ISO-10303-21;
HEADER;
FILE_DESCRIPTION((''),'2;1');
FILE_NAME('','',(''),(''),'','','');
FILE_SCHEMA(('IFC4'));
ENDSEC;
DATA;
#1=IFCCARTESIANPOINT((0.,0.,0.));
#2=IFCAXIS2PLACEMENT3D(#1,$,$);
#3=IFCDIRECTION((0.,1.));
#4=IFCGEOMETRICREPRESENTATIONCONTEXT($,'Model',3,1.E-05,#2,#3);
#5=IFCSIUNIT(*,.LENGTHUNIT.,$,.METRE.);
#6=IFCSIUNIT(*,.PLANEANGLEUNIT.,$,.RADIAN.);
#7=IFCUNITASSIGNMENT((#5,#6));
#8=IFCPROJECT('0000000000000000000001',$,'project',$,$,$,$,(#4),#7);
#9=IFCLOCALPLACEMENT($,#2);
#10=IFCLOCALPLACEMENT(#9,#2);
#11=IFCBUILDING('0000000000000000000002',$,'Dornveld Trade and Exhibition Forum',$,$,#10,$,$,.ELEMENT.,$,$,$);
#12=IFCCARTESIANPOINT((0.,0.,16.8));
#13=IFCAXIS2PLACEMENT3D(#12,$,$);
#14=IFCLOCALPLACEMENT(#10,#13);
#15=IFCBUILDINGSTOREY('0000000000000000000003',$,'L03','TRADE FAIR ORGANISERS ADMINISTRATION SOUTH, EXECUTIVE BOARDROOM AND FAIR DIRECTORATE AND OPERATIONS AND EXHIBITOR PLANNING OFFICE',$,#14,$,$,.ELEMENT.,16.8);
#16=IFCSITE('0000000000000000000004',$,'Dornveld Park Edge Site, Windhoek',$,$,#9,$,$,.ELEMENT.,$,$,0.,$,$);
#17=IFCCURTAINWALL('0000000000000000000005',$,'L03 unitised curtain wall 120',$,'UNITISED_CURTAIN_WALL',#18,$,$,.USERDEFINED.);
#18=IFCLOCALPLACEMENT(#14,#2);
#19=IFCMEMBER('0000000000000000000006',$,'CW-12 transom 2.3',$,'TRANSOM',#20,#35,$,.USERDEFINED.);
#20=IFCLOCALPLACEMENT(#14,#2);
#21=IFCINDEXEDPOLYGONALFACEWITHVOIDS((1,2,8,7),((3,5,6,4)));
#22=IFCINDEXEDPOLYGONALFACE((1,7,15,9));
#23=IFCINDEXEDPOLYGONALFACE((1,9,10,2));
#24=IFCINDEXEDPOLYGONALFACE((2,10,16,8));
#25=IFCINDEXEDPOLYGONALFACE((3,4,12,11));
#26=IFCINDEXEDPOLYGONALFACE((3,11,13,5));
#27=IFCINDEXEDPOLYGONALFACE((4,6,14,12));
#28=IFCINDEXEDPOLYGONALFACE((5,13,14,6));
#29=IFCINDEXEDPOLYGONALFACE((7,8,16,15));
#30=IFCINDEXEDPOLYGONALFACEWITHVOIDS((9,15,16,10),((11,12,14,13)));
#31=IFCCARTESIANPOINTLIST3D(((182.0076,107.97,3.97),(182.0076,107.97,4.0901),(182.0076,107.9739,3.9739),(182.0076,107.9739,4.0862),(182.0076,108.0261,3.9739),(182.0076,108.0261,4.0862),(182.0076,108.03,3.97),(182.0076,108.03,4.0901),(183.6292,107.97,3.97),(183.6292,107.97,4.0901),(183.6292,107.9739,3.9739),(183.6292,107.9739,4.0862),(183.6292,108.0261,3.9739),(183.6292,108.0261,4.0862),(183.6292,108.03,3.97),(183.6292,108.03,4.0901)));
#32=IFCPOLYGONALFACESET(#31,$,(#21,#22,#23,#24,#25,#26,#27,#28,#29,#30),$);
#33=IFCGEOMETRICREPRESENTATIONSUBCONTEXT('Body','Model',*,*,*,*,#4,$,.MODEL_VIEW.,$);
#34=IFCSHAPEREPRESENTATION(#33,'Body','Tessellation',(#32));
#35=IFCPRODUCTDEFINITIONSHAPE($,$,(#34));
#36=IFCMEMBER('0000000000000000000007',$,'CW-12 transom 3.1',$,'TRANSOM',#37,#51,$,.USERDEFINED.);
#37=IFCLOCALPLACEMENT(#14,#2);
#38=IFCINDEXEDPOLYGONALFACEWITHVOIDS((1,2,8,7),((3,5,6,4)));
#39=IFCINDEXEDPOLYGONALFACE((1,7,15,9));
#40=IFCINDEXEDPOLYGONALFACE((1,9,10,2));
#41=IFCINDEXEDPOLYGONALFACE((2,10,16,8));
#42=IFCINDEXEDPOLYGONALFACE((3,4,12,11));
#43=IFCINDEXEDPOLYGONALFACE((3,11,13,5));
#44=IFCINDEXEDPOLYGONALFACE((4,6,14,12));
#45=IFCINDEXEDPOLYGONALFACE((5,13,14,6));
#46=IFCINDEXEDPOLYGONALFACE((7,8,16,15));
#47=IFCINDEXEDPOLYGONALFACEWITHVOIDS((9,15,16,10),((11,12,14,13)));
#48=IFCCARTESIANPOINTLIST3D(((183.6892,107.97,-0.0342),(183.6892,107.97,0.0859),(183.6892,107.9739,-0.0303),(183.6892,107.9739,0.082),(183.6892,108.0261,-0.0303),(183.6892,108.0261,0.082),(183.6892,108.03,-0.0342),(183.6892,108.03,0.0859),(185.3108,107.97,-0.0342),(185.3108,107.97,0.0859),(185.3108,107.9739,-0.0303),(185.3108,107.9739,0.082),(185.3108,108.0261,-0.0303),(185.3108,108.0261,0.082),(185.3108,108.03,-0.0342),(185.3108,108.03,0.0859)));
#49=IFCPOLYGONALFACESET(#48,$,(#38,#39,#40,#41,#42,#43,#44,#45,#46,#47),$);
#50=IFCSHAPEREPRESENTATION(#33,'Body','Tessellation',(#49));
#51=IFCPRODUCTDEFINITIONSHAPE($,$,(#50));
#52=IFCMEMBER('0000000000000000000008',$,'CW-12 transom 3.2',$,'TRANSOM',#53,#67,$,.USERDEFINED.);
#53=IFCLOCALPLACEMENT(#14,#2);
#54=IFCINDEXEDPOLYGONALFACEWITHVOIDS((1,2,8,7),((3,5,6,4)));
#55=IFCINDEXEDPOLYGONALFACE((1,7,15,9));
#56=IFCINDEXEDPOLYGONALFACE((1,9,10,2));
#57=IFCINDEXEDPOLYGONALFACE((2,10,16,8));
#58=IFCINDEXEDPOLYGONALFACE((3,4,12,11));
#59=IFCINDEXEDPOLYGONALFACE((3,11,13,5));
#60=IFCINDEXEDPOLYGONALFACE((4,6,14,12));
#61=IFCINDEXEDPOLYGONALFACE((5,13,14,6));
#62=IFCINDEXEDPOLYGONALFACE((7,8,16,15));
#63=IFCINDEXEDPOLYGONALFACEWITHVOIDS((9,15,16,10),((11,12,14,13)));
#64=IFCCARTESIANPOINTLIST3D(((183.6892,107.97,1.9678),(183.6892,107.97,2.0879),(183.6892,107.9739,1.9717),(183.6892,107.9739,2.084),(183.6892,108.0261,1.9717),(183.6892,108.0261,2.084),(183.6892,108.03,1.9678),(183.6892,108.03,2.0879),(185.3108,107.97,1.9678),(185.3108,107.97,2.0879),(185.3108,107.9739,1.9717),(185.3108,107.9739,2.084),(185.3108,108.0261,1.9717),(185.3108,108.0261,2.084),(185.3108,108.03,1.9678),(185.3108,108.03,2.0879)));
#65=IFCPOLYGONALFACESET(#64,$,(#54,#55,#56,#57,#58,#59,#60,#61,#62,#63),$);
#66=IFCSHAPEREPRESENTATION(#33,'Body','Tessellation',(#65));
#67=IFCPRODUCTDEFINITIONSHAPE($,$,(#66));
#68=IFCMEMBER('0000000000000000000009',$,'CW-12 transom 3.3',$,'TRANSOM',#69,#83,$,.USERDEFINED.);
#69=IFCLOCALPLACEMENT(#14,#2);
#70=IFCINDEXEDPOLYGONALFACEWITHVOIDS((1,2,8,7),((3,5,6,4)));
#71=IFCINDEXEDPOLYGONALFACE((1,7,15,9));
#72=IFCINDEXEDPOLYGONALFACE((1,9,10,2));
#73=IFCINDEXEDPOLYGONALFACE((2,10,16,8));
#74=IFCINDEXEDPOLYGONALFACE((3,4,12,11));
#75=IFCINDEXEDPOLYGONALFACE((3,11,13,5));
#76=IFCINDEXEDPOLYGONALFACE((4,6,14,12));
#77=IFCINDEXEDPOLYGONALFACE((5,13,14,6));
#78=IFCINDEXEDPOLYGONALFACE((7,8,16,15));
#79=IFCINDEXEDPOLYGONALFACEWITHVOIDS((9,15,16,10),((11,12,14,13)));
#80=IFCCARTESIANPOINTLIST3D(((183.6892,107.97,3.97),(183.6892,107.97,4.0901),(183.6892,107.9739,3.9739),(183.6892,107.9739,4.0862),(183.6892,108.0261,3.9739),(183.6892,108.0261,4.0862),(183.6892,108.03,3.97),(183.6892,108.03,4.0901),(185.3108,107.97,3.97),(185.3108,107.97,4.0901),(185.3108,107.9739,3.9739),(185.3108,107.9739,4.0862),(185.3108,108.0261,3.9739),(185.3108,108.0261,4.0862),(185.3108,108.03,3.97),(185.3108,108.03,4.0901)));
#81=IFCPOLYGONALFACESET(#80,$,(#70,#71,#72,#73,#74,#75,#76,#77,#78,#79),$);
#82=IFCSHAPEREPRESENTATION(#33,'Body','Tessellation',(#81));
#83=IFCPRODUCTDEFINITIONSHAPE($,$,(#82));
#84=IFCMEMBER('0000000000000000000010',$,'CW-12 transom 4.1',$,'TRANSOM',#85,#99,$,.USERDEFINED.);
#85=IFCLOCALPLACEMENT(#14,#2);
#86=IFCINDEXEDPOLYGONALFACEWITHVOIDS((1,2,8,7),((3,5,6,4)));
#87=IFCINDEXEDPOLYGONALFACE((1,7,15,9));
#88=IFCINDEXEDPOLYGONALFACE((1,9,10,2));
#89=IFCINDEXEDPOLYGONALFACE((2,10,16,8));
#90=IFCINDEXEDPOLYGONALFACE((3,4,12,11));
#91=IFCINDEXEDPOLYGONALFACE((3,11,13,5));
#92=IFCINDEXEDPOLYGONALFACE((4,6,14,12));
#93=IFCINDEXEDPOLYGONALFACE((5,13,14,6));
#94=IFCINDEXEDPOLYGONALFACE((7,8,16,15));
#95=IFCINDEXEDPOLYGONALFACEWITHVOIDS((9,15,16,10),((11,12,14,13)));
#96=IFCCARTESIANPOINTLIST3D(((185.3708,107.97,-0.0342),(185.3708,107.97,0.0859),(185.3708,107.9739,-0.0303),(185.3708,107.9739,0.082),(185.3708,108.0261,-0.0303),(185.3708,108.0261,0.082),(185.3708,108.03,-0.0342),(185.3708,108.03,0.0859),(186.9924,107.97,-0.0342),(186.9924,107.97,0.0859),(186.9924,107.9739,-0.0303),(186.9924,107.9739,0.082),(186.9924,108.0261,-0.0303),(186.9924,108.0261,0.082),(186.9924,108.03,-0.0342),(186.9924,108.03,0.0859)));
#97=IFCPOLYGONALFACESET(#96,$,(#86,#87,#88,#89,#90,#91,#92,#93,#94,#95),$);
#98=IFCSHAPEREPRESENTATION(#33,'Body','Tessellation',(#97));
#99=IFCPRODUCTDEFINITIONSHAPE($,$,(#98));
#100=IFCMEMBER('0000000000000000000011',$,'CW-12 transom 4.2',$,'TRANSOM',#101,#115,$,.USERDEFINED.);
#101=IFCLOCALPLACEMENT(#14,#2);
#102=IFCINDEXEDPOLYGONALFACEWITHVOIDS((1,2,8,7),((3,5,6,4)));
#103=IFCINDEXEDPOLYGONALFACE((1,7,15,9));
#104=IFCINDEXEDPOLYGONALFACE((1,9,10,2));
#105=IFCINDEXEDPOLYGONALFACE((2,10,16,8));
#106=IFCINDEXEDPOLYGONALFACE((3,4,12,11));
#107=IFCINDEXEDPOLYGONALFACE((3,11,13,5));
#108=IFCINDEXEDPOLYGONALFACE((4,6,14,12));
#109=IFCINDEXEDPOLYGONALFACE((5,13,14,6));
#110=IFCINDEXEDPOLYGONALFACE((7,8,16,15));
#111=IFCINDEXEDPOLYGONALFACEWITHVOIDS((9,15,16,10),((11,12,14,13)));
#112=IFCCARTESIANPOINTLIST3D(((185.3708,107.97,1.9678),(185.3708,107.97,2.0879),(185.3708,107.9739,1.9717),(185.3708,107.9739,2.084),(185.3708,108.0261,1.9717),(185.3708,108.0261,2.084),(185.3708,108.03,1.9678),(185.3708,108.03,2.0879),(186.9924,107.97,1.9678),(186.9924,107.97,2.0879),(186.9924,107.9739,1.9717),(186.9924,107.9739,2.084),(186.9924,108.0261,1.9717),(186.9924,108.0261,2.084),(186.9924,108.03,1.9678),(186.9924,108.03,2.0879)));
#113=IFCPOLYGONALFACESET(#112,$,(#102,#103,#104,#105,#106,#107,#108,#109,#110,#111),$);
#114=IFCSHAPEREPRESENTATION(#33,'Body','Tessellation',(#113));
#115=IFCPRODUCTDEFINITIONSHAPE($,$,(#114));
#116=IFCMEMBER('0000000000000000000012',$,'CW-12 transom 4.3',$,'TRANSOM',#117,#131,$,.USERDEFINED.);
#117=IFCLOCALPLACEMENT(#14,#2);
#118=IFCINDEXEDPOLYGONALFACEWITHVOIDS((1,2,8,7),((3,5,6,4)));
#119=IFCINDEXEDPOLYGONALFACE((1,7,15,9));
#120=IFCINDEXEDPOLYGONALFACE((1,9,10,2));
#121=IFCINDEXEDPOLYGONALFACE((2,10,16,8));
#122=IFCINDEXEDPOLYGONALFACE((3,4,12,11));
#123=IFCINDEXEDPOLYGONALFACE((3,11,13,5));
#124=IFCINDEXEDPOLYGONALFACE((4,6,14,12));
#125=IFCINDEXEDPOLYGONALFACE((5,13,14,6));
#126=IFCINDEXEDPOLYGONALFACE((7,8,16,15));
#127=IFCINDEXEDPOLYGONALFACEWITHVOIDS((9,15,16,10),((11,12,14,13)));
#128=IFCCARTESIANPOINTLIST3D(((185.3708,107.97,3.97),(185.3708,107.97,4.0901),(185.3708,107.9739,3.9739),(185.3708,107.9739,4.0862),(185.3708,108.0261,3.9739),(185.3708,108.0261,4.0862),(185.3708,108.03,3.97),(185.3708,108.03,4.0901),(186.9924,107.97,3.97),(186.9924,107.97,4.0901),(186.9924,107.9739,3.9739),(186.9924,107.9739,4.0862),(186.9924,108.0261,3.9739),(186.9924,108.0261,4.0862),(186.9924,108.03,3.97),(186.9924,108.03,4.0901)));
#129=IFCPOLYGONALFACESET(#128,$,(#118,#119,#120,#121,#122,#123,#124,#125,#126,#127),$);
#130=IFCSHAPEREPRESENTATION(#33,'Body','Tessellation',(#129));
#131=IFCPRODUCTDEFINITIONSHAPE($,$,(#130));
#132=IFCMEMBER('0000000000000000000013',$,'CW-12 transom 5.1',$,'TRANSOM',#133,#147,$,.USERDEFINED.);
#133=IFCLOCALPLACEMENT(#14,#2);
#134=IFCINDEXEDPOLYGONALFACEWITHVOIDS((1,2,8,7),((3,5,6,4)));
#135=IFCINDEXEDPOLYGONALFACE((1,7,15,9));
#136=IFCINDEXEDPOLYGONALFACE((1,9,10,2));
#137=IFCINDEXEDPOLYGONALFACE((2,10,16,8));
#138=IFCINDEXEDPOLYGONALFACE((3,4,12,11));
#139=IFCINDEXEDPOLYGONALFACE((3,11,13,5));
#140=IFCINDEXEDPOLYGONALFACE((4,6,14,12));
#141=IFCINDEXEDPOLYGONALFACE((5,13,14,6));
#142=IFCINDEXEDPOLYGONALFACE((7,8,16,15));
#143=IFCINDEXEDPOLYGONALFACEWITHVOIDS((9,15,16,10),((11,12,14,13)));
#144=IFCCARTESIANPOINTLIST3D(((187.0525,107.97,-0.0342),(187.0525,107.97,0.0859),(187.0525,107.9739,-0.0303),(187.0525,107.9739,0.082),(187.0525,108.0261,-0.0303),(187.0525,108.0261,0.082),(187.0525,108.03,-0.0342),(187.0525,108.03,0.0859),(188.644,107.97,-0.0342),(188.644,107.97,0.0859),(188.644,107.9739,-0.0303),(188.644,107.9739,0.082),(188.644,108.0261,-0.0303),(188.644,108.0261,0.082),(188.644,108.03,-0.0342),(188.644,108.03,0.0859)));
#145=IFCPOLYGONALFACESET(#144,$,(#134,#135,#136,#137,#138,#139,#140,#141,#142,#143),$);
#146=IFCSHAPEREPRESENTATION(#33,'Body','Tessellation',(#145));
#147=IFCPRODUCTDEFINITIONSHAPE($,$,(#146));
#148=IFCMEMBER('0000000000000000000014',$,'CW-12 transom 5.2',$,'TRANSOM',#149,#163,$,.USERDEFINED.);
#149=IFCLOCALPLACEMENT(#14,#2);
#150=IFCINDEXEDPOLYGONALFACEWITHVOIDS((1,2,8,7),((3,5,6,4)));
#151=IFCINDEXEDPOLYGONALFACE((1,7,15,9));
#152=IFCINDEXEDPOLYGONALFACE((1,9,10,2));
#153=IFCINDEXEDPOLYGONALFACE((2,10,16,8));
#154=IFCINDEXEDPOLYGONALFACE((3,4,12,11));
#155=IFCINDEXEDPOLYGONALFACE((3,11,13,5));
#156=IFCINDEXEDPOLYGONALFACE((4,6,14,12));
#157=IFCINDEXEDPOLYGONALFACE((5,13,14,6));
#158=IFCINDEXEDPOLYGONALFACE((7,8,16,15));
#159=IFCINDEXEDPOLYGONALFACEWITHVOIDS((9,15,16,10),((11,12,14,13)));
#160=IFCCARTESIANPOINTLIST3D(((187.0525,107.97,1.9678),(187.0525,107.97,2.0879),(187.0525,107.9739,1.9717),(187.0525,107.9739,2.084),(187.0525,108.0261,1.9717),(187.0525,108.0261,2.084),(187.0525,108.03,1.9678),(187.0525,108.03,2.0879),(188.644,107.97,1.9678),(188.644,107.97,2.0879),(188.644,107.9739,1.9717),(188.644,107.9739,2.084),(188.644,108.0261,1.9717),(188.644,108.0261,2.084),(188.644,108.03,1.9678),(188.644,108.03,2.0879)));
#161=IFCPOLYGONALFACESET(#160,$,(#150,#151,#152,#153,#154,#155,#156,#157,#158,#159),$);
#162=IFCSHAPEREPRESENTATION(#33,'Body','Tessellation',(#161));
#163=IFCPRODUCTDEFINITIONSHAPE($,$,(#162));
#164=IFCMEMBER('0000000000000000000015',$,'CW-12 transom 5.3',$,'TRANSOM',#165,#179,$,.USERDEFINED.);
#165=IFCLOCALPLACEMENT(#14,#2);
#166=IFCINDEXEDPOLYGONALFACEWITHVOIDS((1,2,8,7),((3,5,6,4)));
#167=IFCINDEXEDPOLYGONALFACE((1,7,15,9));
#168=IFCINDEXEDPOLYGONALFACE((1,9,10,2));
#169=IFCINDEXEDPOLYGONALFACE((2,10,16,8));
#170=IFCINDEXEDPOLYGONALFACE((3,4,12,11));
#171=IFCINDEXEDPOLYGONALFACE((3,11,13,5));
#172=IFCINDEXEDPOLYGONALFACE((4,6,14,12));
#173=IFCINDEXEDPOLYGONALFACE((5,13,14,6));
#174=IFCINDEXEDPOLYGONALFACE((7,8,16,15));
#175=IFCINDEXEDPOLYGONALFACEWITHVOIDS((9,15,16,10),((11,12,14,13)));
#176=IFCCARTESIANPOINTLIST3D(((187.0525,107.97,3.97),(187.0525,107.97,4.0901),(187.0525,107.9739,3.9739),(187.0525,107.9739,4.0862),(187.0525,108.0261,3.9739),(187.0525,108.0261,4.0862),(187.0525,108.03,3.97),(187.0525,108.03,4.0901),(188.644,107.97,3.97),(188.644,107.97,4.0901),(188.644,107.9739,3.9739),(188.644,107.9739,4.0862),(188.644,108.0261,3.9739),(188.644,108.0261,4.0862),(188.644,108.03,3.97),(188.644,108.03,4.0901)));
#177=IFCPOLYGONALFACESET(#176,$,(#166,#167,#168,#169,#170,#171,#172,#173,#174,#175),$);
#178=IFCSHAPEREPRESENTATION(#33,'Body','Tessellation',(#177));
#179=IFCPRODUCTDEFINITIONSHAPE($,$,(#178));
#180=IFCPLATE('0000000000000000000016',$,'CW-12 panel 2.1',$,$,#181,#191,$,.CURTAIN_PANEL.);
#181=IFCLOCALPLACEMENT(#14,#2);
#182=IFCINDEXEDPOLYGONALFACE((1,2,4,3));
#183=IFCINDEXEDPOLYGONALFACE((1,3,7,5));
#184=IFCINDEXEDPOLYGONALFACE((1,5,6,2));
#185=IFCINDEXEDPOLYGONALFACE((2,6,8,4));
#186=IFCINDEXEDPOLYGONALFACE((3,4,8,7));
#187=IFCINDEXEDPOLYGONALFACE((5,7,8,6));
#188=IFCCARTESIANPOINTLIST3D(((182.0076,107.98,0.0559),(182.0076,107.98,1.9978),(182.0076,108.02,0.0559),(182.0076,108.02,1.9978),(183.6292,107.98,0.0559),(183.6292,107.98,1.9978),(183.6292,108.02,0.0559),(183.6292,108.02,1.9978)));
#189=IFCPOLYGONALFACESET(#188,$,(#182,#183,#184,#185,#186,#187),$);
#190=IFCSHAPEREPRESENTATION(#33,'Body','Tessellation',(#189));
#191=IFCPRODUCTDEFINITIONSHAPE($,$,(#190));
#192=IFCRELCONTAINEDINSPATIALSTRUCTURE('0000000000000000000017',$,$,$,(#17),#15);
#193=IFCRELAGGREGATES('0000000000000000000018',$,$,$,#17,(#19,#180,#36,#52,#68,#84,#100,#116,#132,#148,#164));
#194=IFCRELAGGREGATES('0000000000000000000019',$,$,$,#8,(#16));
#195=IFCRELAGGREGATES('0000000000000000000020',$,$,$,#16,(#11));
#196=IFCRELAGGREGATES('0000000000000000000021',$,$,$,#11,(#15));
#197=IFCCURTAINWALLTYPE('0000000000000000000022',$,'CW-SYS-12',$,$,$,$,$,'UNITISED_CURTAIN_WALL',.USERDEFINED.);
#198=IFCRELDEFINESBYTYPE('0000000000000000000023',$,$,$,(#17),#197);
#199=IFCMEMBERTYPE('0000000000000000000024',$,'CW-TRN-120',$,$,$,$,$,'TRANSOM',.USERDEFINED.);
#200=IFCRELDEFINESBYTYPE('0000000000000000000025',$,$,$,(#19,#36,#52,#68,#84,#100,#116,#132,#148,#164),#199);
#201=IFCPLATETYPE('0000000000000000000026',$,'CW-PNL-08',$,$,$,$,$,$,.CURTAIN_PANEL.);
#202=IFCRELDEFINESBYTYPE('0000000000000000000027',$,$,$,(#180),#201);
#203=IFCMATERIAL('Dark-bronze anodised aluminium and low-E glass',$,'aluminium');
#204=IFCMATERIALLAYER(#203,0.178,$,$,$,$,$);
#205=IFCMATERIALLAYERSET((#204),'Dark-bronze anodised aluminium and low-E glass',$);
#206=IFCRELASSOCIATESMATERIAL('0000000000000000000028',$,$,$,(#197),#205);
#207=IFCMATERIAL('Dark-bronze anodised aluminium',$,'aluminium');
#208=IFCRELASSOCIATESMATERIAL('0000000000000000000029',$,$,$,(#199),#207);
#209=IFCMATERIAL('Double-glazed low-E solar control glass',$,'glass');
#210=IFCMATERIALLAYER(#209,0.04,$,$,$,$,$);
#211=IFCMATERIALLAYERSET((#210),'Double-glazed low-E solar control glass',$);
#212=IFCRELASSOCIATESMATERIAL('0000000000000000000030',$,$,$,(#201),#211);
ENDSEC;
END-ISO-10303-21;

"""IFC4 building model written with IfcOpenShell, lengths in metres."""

from ifc_helpers import new_model, si_unit, direction, frame, origin, origin_2d, place, context, subcontext, project, spatial, rectangle, hollow_rectangle, extrude, material, layer, layer_set, material_profile, profile_set, type_object, element, aggregate, save


model = new_model("IFC4")

# Units and contexts
model_context = context("Model", 3, precision=1e-05, world=origin(), true_north=direction((0.0, 1.0)))
body_context = subcontext(model_context, "Body", "Model", "MODEL_VIEW")
ifc_project = project(units=[si_unit("LENGTHUNIT", "METRE"), si_unit("PLANEANGLEUNIT", "RADIAN")], contexts=[model_context])

# Site, building, storey
site_placement = place(None, origin())
site = spatial("IfcSite", under=ifc_project, at=site_placement, Name="Dornveld Park Edge Site, Windhoek", CompositionType="ELEMENT", RefElevation=0.0)
building_placement = place(site_placement, origin())
building = spatial("IfcBuilding", under=site, at=building_placement, Name="Dornveld Trade and Exhibition Forum", CompositionType="ELEMENT")
storey_placement = place(building_placement, frame((0.0, 0.0, 16.8)))
storey = spatial("IfcBuildingStorey", under=building, at=storey_placement, Name="L03", Description="TRADE FAIR ORGANISERS ADMINISTRATION SOUTH, EXECUTIVE BOARDROOM AND FAIR DIRECTORATE AND OPERATIONS AND EXHIBITOR PLANNING OFFICE", CompositionType="ELEMENT", Elevation=16.8)

# Curtain wall
ifc_material_1 = material(Name="Dark-bronze anodised aluminium and low-E glass", Category="aluminium")
ifc_layer_1 = layer(ifc_material_1, 0.178)
ifc_layer_set_1 = layer_set([ifc_layer_1], Name="Dark-bronze anodised aluminium and low-E glass")
curtain_wall_type_1 = type_object("IfcCurtainWallType", Name="CW-SYS-12", ElementType="UNITISED_CURTAIN_WALL", PredefinedType="USERDEFINED", material=ifc_layer_set_1)
curtain_wall_1_placement = place(storey_placement, origin())
curtain_wall_1 = element("IfcCurtainWall", 1, at=curtain_wall_1_placement, inside=storey, type_object=curtain_wall_type_1, Name="L03 unitised curtain wall 120", ObjectType="UNITISED_CURTAIN_WALL", PredefinedType="USERDEFINED")

# Members
ifc_material_2 = material(Name="Dark-bronze anodised aluminium", Category="aluminium")
ifc_material_profile_1 = material_profile(ifc_material_2, hollow_rectangle(XDim=0.0601, YDim=0.1201, WallThickness=0.0039, at=origin_2d()), Name="RHS 120x60x4")
ifc_profile_set_1 = profile_set([ifc_material_profile_1], Name="Dark-bronze anodised aluminium")
member_type_1 = type_object("IfcMemberType", Name="CW-TRN-120", ElementType="TRANSOM", PredefinedType="USERDEFINED", material=ifc_profile_set_1)
member_1_placement = place(storey_placement, frame((182.0076, 108.0, 4.03), z_axis=(1.0, 0.0, 0.0), x_axis=(0.0, 1.0, 0.0)))
member_1 = element("IfcMember", 2, at=member_1_placement, type_object=member_type_1, Name="CW-12 transom 2.3", ObjectType="TRANSOM", PredefinedType="USERDEFINED", context=body_context, shape_type="SweptSolid", body=[
    extrude(hollow_rectangle(XDim=0.0601, YDim=0.1201, WallThickness=0.0039, at=origin_2d()), origin(), (0.0, 0.0, 1.0), 1.6216),
])
member_2_placement = place(storey_placement, frame((183.6892, 108.0, 0.0259), z_axis=(1.0, 0.0, 0.0), x_axis=(0.0, 1.0, 0.0)))
member_2 = element("IfcMember", 3, at=member_2_placement, type_object=member_type_1, Name="CW-12 transom 3.1", ObjectType="TRANSOM", PredefinedType="USERDEFINED", context=body_context, shape_type="SweptSolid", body=[
    extrude(hollow_rectangle(XDim=0.0601, YDim=0.1201, WallThickness=0.0039, at=origin_2d()), origin(), (0.0, 0.0, 1.0), 1.6216),
])
member_3_placement = place(storey_placement, frame((183.6892, 108.0, 2.0278), z_axis=(1.0, 0.0, 0.0), x_axis=(0.0, 1.0, 0.0)))
member_3 = element("IfcMember", 4, at=member_3_placement, type_object=member_type_1, Name="CW-12 transom 3.2", ObjectType="TRANSOM", PredefinedType="USERDEFINED", context=body_context, shape_type="SweptSolid", body=[
    extrude(hollow_rectangle(XDim=0.0601, YDim=0.1201, WallThickness=0.0039, at=origin_2d()), origin(), (0.0, 0.0, 1.0), 1.6216),
])
member_4_placement = place(storey_placement, frame((183.6892, 108.0, 4.03), z_axis=(1.0, 0.0, 0.0), x_axis=(0.0, 1.0, 0.0)))
member_4 = element("IfcMember", 5, at=member_4_placement, type_object=member_type_1, Name="CW-12 transom 3.3", ObjectType="TRANSOM", PredefinedType="USERDEFINED", context=body_context, shape_type="SweptSolid", body=[
    extrude(hollow_rectangle(XDim=0.0601, YDim=0.1201, WallThickness=0.0039, at=origin_2d()), origin(), (0.0, 0.0, 1.0), 1.6216),
])
member_5_placement = place(storey_placement, frame((185.3708, 108.0, 0.0259), z_axis=(1.0, 0.0, 0.0), x_axis=(0.0, 1.0, 0.0)))
member_5 = element("IfcMember", 6, at=member_5_placement, type_object=member_type_1, Name="CW-12 transom 4.1", ObjectType="TRANSOM", PredefinedType="USERDEFINED", context=body_context, shape_type="SweptSolid", body=[
    extrude(hollow_rectangle(XDim=0.0601, YDim=0.1201, WallThickness=0.0039, at=origin_2d()), origin(), (0.0, 0.0, 1.0), 1.6216),
])
member_6_placement = place(storey_placement, frame((185.3708, 108.0, 2.0278), z_axis=(1.0, 0.0, 0.0), x_axis=(0.0, 1.0, 0.0)))
member_6 = element("IfcMember", 7, at=member_6_placement, type_object=member_type_1, Name="CW-12 transom 4.2", ObjectType="TRANSOM", PredefinedType="USERDEFINED", context=body_context, shape_type="SweptSolid", body=[
    extrude(hollow_rectangle(XDim=0.0601, YDim=0.1201, WallThickness=0.0039, at=origin_2d()), origin(), (0.0, 0.0, 1.0), 1.6216),
])
member_7_placement = place(storey_placement, frame((185.3708, 108.0, 4.03), z_axis=(1.0, 0.0, 0.0), x_axis=(0.0, 1.0, 0.0)))
member_7 = element("IfcMember", 8, at=member_7_placement, type_object=member_type_1, Name="CW-12 transom 4.3", ObjectType="TRANSOM", PredefinedType="USERDEFINED", context=body_context, shape_type="SweptSolid", body=[
    extrude(hollow_rectangle(XDim=0.0601, YDim=0.1201, WallThickness=0.0039, at=origin_2d()), origin(), (0.0, 0.0, 1.0), 1.6216),
])
member_8_placement = place(storey_placement, frame((187.0525, 108.0, 0.0259), z_axis=(1.0, 0.0, 0.0), x_axis=(0.0, 1.0, 0.0)))
member_8 = element("IfcMember", 9, at=member_8_placement, type_object=member_type_1, Name="CW-12 transom 5.1", ObjectType="TRANSOM", PredefinedType="USERDEFINED", context=body_context, shape_type="SweptSolid", body=[
    extrude(hollow_rectangle(XDim=0.0601, YDim=0.1201, WallThickness=0.0039, at=origin_2d()), origin(), (0.0, 0.0, 1.0), 1.5916),
])
member_9_placement = place(storey_placement, frame((187.0525, 108.0, 2.0278), z_axis=(1.0, 0.0, 0.0), x_axis=(0.0, 1.0, 0.0)))
member_9 = element("IfcMember", 10, at=member_9_placement, type_object=member_type_1, Name="CW-12 transom 5.2", ObjectType="TRANSOM", PredefinedType="USERDEFINED", context=body_context, shape_type="SweptSolid", body=[
    extrude(hollow_rectangle(XDim=0.0601, YDim=0.1201, WallThickness=0.0039, at=origin_2d()), origin(), (0.0, 0.0, 1.0), 1.5916),
])
member_10_placement = place(storey_placement, frame((187.0525, 108.0, 4.03), z_axis=(1.0, 0.0, 0.0), x_axis=(0.0, 1.0, 0.0)))
member_10 = element("IfcMember", 11, at=member_10_placement, type_object=member_type_1, Name="CW-12 transom 5.3", ObjectType="TRANSOM", PredefinedType="USERDEFINED", context=body_context, shape_type="SweptSolid", body=[
    extrude(hollow_rectangle(XDim=0.0601, YDim=0.1201, WallThickness=0.0039, at=origin_2d()), origin(), (0.0, 0.0, 1.0), 1.5916),
])

# Plate
ifc_material_3 = material(Name="Double-glazed low-E solar control glass", Category="glass")
ifc_layer_2 = layer(ifc_material_3, 0.04)
ifc_layer_set_2 = layer_set([ifc_layer_2], Name="Double-glazed low-E solar control glass")
plate_type = type_object("IfcPlateType", Name="CW-PNL-08", PredefinedType="CURTAIN_PANEL", material=ifc_layer_set_2)
plate_1_placement = place(storey_placement, frame((182.8184, 108.0, 0.0559), z_axis=(0.0, 0.0, 1.0), x_axis=(1.0, 0.0, 0.0)))
plate_1 = element("IfcPlate", 12, at=plate_1_placement, type_object=plate_type, Name="CW-12 panel 2.1", PredefinedType="CURTAIN_PANEL", context=body_context, shape_type="SweptSolid", body=[
    extrude(rectangle(XDim=1.6216, YDim=0.04, at=origin_2d()), origin(), (0.0, 0.0, 1.0), 1.9419),
])
aggregate(curtain_wall_1, [member_1, plate_1, member_2, member_3, member_4, member_5, member_6, member_7, member_8, member_9, member_10])

save(model, "model.ifc")
